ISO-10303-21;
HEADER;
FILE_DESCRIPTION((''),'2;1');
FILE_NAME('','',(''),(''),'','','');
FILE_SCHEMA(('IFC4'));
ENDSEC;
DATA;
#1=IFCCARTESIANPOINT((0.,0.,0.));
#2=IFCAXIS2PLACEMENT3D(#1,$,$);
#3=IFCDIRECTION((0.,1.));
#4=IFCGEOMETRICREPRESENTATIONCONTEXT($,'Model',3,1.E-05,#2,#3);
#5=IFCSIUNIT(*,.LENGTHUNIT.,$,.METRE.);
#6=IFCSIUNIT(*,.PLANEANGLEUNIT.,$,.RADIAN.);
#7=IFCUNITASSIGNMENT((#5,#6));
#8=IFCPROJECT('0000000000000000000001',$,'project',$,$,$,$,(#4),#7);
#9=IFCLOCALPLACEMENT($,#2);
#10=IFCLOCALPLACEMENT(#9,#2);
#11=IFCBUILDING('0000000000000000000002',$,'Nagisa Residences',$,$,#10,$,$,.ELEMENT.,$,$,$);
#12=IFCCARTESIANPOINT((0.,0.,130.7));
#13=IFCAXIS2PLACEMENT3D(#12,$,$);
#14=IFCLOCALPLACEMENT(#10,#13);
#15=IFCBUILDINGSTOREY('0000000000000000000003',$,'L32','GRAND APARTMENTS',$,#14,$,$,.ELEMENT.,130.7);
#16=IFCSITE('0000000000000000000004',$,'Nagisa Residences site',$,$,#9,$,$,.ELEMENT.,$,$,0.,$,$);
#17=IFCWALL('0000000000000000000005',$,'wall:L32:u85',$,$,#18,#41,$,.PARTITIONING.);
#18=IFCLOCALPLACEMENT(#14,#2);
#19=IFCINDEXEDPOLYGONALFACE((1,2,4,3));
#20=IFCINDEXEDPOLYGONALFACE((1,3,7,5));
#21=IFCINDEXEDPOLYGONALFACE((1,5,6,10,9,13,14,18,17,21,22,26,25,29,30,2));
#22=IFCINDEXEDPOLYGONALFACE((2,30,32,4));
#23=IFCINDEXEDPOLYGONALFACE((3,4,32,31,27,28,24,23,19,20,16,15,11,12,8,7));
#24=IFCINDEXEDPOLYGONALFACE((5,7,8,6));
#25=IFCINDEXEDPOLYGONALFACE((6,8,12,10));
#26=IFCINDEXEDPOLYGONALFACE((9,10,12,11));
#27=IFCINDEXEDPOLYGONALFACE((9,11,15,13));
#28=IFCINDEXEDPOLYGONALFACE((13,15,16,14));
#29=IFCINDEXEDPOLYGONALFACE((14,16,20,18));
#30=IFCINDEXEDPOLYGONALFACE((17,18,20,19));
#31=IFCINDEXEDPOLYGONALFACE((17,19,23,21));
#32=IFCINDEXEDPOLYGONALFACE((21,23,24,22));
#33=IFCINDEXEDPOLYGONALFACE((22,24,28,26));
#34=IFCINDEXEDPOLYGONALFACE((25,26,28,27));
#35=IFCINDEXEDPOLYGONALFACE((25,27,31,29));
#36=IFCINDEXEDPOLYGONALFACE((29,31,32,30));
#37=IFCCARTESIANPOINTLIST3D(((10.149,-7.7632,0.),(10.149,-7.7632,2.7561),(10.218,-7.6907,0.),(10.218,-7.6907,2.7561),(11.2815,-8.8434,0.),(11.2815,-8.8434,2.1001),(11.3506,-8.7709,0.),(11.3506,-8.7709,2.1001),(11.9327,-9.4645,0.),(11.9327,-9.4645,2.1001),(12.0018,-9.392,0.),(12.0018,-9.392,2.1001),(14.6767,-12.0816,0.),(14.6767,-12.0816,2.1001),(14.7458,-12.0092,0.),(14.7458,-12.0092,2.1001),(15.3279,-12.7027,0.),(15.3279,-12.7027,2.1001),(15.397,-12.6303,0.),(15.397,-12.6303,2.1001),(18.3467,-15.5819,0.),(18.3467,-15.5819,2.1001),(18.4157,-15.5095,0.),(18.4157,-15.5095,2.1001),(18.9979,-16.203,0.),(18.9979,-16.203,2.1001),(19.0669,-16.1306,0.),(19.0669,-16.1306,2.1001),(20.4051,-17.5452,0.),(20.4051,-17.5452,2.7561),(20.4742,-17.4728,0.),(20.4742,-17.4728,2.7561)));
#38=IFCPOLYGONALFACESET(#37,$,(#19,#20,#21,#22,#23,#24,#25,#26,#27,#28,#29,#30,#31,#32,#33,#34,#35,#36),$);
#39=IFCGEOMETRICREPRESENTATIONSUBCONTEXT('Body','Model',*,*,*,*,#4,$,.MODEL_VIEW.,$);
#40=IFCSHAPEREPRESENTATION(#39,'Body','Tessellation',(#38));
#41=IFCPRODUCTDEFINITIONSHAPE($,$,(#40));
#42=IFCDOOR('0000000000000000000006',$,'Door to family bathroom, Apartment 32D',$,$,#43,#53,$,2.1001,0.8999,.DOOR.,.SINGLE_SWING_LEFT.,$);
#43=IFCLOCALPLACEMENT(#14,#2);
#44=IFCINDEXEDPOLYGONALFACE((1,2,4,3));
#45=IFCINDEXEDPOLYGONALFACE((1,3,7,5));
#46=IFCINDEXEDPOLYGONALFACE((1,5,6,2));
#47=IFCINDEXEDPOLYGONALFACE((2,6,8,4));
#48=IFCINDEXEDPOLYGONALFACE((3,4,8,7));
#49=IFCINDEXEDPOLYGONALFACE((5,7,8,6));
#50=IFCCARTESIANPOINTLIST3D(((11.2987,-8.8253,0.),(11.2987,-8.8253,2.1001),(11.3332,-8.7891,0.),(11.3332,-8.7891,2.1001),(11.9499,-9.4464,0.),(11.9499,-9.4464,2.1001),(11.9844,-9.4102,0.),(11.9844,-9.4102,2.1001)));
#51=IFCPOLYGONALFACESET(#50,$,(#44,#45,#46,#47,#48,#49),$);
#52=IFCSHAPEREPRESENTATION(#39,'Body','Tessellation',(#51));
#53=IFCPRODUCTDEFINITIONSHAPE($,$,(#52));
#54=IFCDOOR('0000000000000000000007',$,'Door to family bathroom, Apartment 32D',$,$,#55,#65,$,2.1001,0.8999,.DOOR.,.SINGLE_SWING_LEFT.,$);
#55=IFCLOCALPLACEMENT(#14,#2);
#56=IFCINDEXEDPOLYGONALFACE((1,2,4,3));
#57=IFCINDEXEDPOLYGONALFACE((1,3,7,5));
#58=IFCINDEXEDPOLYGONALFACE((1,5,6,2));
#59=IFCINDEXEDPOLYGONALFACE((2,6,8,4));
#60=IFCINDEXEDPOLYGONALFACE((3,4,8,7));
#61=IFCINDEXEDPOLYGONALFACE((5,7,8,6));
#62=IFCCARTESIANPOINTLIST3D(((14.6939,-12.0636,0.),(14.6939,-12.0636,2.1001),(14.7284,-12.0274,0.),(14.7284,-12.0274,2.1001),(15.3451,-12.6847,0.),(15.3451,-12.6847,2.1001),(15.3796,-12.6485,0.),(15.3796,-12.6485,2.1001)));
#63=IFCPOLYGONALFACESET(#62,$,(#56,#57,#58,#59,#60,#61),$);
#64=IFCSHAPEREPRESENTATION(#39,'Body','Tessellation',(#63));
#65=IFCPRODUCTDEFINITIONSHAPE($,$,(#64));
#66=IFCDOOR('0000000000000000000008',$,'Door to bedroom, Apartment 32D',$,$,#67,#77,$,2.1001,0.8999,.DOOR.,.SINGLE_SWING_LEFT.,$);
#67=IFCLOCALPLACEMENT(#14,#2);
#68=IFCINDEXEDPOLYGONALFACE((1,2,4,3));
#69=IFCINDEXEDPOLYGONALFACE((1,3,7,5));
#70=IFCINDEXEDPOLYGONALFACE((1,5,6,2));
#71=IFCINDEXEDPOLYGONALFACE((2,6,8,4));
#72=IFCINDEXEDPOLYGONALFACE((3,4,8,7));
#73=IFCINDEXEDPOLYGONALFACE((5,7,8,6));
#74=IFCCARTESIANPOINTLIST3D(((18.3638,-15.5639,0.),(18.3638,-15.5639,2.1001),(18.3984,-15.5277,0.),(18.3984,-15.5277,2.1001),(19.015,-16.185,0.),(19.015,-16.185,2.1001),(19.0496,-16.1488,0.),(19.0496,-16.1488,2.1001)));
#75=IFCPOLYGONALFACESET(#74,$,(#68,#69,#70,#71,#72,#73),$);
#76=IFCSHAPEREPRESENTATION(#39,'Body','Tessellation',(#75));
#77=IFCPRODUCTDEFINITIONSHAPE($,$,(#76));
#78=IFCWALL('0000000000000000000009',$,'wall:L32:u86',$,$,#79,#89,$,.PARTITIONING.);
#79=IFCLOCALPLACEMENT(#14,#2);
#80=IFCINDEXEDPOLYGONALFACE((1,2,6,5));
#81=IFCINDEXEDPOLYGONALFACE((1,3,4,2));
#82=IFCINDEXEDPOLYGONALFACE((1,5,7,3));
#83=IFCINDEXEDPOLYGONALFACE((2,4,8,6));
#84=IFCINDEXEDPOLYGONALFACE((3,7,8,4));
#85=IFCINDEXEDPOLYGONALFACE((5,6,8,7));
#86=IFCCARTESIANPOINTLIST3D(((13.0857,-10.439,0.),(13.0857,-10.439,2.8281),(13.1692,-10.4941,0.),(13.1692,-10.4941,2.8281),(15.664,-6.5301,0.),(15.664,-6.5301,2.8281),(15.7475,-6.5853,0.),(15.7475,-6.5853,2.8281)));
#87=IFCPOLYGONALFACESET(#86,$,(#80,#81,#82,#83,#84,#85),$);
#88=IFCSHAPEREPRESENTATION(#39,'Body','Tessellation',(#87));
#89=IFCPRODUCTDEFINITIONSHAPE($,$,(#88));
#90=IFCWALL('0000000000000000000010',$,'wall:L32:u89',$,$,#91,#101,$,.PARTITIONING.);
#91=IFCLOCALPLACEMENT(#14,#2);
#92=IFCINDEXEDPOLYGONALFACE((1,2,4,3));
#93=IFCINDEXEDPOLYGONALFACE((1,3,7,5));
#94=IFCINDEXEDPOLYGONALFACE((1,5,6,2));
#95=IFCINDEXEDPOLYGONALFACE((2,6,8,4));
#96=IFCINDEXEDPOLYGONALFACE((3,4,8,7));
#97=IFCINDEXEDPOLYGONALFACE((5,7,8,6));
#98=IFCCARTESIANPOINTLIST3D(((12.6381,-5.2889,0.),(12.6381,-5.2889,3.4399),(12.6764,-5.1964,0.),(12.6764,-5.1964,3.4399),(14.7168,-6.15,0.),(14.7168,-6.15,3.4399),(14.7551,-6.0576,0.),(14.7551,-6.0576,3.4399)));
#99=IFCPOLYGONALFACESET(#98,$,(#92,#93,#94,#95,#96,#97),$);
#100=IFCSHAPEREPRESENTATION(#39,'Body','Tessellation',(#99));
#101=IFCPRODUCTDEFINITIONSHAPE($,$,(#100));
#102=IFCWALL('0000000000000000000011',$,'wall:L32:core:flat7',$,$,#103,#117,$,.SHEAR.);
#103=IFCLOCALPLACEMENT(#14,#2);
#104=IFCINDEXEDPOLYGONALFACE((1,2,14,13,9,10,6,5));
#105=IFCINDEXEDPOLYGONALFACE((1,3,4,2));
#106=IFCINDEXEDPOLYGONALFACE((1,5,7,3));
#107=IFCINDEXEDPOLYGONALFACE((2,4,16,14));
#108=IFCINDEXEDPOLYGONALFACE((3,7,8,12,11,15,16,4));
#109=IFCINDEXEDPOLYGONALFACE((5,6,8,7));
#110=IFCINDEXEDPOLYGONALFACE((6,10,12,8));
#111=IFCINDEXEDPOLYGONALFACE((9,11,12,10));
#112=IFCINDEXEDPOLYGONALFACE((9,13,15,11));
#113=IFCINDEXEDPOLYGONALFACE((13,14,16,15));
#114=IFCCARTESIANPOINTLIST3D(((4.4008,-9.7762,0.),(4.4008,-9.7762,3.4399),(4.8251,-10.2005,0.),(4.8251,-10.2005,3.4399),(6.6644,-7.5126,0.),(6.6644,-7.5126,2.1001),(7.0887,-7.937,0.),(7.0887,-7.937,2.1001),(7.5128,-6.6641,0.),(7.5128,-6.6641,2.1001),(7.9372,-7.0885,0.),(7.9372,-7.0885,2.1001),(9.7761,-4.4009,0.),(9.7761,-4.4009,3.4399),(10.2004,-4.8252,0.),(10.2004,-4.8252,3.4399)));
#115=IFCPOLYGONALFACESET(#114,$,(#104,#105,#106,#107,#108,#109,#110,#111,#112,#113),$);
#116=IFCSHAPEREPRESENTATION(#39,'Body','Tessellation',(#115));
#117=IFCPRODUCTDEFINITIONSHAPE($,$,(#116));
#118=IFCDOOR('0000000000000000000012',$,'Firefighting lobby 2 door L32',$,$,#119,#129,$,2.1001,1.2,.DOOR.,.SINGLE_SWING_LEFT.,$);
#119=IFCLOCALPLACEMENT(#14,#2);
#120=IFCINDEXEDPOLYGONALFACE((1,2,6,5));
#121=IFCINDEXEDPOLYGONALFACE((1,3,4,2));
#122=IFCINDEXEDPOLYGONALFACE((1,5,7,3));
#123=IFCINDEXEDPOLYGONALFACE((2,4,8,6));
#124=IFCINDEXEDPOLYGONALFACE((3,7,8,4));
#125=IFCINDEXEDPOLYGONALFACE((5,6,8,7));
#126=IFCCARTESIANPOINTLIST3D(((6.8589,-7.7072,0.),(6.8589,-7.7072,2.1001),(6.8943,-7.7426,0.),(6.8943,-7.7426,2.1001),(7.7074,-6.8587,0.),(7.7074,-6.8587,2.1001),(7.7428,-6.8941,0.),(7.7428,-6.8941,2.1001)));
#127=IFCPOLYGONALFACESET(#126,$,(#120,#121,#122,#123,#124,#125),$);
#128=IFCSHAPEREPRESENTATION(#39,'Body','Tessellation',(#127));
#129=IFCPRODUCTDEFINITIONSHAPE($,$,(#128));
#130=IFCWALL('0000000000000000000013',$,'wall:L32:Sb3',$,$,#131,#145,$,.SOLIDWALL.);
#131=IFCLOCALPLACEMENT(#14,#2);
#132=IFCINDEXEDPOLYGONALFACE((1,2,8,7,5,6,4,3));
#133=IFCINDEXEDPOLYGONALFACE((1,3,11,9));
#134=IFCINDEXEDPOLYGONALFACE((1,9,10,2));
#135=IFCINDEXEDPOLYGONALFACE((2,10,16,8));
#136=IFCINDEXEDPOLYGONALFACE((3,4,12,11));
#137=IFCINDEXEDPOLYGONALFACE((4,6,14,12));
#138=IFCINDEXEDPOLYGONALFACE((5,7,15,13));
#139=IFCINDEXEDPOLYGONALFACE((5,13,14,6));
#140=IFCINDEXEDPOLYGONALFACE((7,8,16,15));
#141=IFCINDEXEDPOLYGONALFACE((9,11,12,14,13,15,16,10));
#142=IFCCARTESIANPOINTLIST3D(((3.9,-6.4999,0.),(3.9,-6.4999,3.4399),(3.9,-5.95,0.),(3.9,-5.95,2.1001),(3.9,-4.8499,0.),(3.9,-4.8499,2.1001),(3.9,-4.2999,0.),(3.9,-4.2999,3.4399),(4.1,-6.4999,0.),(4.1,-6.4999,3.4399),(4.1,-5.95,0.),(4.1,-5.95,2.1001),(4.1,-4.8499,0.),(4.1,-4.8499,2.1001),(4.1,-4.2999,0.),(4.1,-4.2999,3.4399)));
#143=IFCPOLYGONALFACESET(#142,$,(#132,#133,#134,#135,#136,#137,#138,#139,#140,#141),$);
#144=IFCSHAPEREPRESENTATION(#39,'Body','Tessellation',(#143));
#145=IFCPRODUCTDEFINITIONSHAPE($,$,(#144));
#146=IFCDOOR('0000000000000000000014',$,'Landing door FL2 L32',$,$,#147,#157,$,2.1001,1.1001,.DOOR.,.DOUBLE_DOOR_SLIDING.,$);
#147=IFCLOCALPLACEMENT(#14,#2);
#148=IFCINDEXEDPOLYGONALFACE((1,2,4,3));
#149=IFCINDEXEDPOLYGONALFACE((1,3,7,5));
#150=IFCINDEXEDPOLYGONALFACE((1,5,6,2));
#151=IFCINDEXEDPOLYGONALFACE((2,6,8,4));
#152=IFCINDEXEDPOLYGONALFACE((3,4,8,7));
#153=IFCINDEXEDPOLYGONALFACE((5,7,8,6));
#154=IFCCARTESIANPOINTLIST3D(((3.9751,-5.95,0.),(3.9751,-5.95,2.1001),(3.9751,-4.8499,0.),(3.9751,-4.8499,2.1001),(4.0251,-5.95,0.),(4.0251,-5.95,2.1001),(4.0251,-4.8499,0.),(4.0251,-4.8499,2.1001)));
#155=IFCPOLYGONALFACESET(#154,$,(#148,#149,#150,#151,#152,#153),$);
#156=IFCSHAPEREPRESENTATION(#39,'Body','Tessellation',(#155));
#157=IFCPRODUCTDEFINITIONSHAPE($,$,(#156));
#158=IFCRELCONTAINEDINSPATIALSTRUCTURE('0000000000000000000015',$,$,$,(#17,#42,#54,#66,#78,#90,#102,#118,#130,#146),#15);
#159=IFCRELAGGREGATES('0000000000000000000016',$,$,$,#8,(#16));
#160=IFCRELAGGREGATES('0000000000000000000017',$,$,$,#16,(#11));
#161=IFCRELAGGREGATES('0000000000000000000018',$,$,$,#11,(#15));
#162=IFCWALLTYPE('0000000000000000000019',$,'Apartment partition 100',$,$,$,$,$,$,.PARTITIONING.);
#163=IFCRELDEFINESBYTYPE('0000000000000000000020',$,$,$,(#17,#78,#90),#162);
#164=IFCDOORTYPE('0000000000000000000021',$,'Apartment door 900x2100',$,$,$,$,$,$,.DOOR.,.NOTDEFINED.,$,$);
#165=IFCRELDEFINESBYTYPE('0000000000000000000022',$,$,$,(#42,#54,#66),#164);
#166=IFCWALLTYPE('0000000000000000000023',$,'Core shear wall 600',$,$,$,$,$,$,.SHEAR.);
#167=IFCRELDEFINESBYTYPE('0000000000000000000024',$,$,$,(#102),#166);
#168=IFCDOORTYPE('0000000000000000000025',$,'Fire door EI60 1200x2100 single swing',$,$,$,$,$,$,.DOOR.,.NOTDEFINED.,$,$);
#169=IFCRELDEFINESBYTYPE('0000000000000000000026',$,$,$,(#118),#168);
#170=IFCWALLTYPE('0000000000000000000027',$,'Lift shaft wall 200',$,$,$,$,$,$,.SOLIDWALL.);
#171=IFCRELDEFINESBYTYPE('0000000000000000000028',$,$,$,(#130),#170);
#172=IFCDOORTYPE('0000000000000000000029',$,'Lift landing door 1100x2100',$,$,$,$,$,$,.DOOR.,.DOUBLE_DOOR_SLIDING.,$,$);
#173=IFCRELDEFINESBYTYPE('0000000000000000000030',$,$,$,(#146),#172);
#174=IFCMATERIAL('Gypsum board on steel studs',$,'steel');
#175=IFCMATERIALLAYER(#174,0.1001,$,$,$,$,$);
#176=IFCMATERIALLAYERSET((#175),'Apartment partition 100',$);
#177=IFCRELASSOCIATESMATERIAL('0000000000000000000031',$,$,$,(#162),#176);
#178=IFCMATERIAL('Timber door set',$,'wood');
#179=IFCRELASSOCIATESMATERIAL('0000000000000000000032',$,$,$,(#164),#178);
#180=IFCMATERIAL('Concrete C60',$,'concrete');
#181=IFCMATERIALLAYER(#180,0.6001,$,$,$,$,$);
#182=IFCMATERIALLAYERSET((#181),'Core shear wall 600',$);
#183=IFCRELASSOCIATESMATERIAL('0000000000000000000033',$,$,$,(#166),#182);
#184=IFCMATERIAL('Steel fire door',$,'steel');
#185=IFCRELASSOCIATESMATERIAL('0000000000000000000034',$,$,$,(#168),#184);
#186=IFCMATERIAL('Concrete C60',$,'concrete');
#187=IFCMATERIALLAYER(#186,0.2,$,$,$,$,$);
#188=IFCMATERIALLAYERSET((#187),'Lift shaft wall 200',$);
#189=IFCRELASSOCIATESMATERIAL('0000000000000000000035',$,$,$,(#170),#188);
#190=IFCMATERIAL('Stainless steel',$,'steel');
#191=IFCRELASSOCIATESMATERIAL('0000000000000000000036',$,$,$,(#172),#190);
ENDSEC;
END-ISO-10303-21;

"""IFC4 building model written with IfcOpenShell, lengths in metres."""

from ifc_helpers import new_model, si_unit, direction, frame, frame_2d, origin, place, context, subcontext, project, spatial, rectangle, extrude, material, layer, layer_set, type_object, element, fill, save


model = new_model("IFC4")

# Units and contexts
model_context = context("Model", 3, precision=1e-05, world=origin(), true_north=direction((0.0, 1.0)))
body_context = subcontext(model_context, "Body", "Model", "MODEL_VIEW")
ifc_project = project(units=[si_unit("LENGTHUNIT", "METRE"), si_unit("PLANEANGLEUNIT", "RADIAN")], contexts=[model_context])

# Site, building, storey
site_placement = place(None, origin())
site = spatial("IfcSite", under=ifc_project, at=site_placement, Name="Nagisa Residences site", CompositionType="ELEMENT", RefElevation=0.0)
building_placement = place(site_placement, origin())
building = spatial("IfcBuilding", under=site, at=building_placement, Name="Nagisa Residences", CompositionType="ELEMENT")
storey_placement = place(building_placement, frame((0.0, 0.0, 130.7)))
storey = spatial("IfcBuildingStorey", under=building, at=storey_placement, Name="L32", Description="GRAND APARTMENTS", CompositionType="ELEMENT", Elevation=130.7)

# Shared definitions
ifc_material_1 = material(Name="Gypsum board on steel studs", Category="steel")
ifc_layer_1 = layer(ifc_material_1, 0.1001)
ifc_layer_set_1 = layer_set([ifc_layer_1], Name="Apartment partition 100")
wall_type_1 = type_object("IfcWallType", Name="Apartment partition 100", PredefinedType="PARTITIONING", material=ifc_layer_set_1)
ifc_material_2 = material(Name="Timber door set", Category="wood")
door_type_1 = type_object("IfcDoorType", Name="Apartment door 900x2100", OperationType="NOTDEFINED", PredefinedType="DOOR", material=ifc_material_2)

# Wall, openings, doors
wall_1_placement = place(storey_placement, frame((10.1836, -7.7271, 0.0), z_axis=(0.0, 0.0, 1.0), x_axis=(0.723635, -0.690183, 0.0)))
wall_1 = element("IfcWall", 1, at=wall_1_placement, inside=storey, type_object=wall_type_1, Name="wall:L32:u85", PredefinedType="PARTITIONING", context=body_context, shape_type="SweptSolid", body=[
    extrude(rectangle(XDim=14.1731, YDim=0.1001, at=frame_2d((7.0864, 0.0))), origin(), (0.0, 0.0, 1.0), 2.7561),
])
opening_1_placement = place(wall_1_placement, frame((1.5649, 0.0, 0.0)))
opening_1 = element("IfcOpeningElement", 2, at=opening_1_placement, cuts=wall_1, PredefinedType="OPENING", context=body_context, shape_type="SweptSolid", body=[
    extrude(rectangle(XDim=0.8999, YDim=2.1001, at=frame_2d((0.45, 1.05))), frame((0.0, 0.0601, 0.0), z_axis=(0.0, -1.0, 0.0), x_axis=(1.0, 0.0, 0.0)), (0.0, 0.0, 1.0), 0.1201),
])
opening_2_placement = place(wall_1_placement, frame((6.2568, 0.0, 0.0)))
opening_2 = element("IfcOpeningElement", 3, at=opening_2_placement, cuts=wall_1, PredefinedType="OPENING", context=body_context, shape_type="SweptSolid", body=[
    extrude(rectangle(XDim=0.8999, YDim=2.1001, at=frame_2d((0.45, 1.05))), frame((0.0, 0.0601, 0.0), z_axis=(0.0, -1.0, 0.0), x_axis=(1.0, 0.0, 0.0)), (0.0, 0.0, 1.0), 0.1201),
])
opening_3_placement = place(wall_1_placement, frame((11.3284, 0.0, 0.0)))
opening_3 = element("IfcOpeningElement", 4, at=opening_3_placement, cuts=wall_1, PredefinedType="OPENING", context=body_context, shape_type="SweptSolid", body=[
    extrude(rectangle(XDim=0.8999, YDim=2.1001, at=frame_2d((0.45, 1.05))), frame((0.0, 0.0601, 0.0), z_axis=(0.0, -1.0, 0.0), x_axis=(1.0, 0.0, 0.0)), (0.0, 0.0, 1.0), 0.1201),
])
door_1_placement = place(opening_1_placement, origin())
door_1 = element("IfcDoor", 5, at=door_1_placement, inside=storey, type_object=door_type_1, Name="Door to family bathroom, Apartment 32D", OperationType="SINGLE_SWING_LEFT", OverallHeight=2.1001, OverallWidth=0.8999, PredefinedType="DOOR", context=body_context, shape_type="SweptSolid", body=[
    extrude(rectangle(XDim=0.8999, YDim=2.1001, at=frame_2d((0.45, 1.05))), frame((0.0, 0.0249, 0.0), z_axis=(0.0, -1.0, 0.0), x_axis=(1.0, 0.0, 0.0)), (0.0, 0.0, 1.0), 0.05),
])
fill(opening_1, door_1)
door_2_placement = place(opening_2_placement, origin())
door_2 = element("IfcDoor", 6, at=door_2_placement, inside=storey, type_object=door_type_1, Name="Door to family bathroom, Apartment 32D", OperationType="SINGLE_SWING_LEFT", OverallHeight=2.1001, OverallWidth=0.8999, PredefinedType="DOOR", context=body_context, shape_type="SweptSolid", body=[
    extrude(rectangle(XDim=0.8999, YDim=2.1001, at=frame_2d((0.45, 1.05))), frame((0.0, 0.0249, 0.0), z_axis=(0.0, -1.0, 0.0), x_axis=(1.0, 0.0, 0.0)), (0.0, 0.0, 1.0), 0.05),
])
fill(opening_2, door_2)
door_3_placement = place(opening_3_placement, origin())
door_3 = element("IfcDoor", 7, at=door_3_placement, inside=storey, type_object=door_type_1, Name="Door to bedroom, Apartment 32D", OperationType="SINGLE_SWING_LEFT", OverallHeight=2.1001, OverallWidth=0.8999, PredefinedType="DOOR", context=body_context, shape_type="SweptSolid", body=[
    extrude(rectangle(XDim=0.8999, YDim=2.1001, at=frame_2d((0.45, 1.05))), frame((0.0, 0.0249, 0.0), z_axis=(0.0, -1.0, 0.0), x_axis=(1.0, 0.0, 0.0)), (0.0, 0.0, 1.0), 0.05),
])
fill(opening_3, door_3)

# Walls
wall_2_placement = place(storey_placement, frame((13.1274, -10.4666, 0.0), z_axis=(0.0, 0.0, 1.0), x_axis=(0.550615, 0.834759, 0.0)))
element("IfcWall", 8, at=wall_2_placement, inside=storey, type_object=wall_type_1, Name="wall:L32:u86", PredefinedType="PARTITIONING", context=body_context, shape_type="SweptSolid", body=[
    extrude(rectangle(XDim=4.6826, YDim=0.1001, at=frame_2d((2.3413, 0.0))), origin(), (0.0, 0.0, 1.0), 2.8281),
])
wall_3_placement = place(storey_placement, frame((12.6572, -5.2427, 0.0), z_axis=(0.0, 0.0, 1.0), x_axis=(0.923865, -0.382719, 0.0)))
element("IfcWall", 9, at=wall_3_placement, inside=storey, type_object=wall_type_1, Name="wall:L32:u89", PredefinedType="PARTITIONING", context=body_context, shape_type="SweptSolid", body=[
    extrude(rectangle(XDim=2.25, YDim=0.1001, at=frame_2d((1.125, 0.0))), origin(), (0.0, 0.0, 1.0), 3.4399),
])

# Walls, openings, doors
ifc_material_3 = material(Name="Concrete C60", Category="concrete")
ifc_layer_2 = layer(ifc_material_3, 0.6001)
ifc_layer_set_2 = layer_set([ifc_layer_2], Name="Core shear wall 600")
wall_type_2 = type_object("IfcWallType", Name="Core shear wall 600", PredefinedType="SHEAR", material=ifc_layer_set_2)
wall_4_placement = place(storey_placement, frame((4.613, -9.9883, 0.0), z_axis=(0.0, 0.0, 1.0), x_axis=(0.707107, 0.707107, 0.0)))
wall_4 = element("IfcWall", 10, at=wall_4_placement, inside=storey, type_object=wall_type_2, Name="wall:L32:core:flat7", PredefinedType="SHEAR", context=body_context, shape_type="SweptSolid", body=[
    extrude(rectangle(XDim=7.6018, YDim=0.6001, at=frame_2d((3.8008, 0.0))), origin(), (0.0, 0.0, 1.0), 3.4399),
])
opening_4_placement = place(wall_4_placement, frame((3.2009, 0.0, 0.0)))
opening_4 = element("IfcOpeningElement", 11, at=opening_4_placement, cuts=wall_4, PredefinedType="OPENING", context=body_context, shape_type="SweptSolid", body=[
    extrude(rectangle(XDim=1.2, YDim=2.1001, at=frame_2d((0.6001, 1.05))), frame((0.0, 0.3101, 0.0), z_axis=(0.0, -1.0, 0.0), x_axis=(1.0, 0.0, 0.0)), (0.0, 0.0, 1.0), 0.6201),
])
ifc_material_4 = material(Name="Steel fire door", Category="steel")
door_type_2 = type_object("IfcDoorType", Name="Fire door EI60 1200x2100 single swing", OperationType="NOTDEFINED", PredefinedType="DOOR", material=ifc_material_4)
door_4_placement = place(opening_4_placement, origin())
door_4 = element("IfcDoor", 12, at=door_4_placement, inside=storey, type_object=door_type_2, Name="Firefighting lobby 2 door L32", OperationType="SINGLE_SWING_LEFT", OverallHeight=2.1001, OverallWidth=1.2, PredefinedType="DOOR", context=body_context, shape_type="SweptSolid", body=[
    extrude(rectangle(XDim=1.2, YDim=2.1001, at=frame_2d((0.6001, 1.05))), frame((0.0, 0.0249, 0.0), z_axis=(0.0, -1.0, 0.0), x_axis=(1.0, 0.0, 0.0)), (0.0, 0.0, 1.0), 0.05),
])
fill(opening_4, door_4)
ifc_material_5 = material(Name="Concrete C60", Category="concrete")
ifc_layer_3 = layer(ifc_material_5, 0.2)
ifc_layer_set_3 = layer_set([ifc_layer_3], Name="Lift shaft wall 200")
wall_type_3 = type_object("IfcWallType", Name="Lift shaft wall 200", PredefinedType="SOLIDWALL", material=ifc_layer_set_3)
wall_5_placement = place(storey_placement, frame((4.0, -6.5, 0.0), z_axis=(0.0, 0.0, 1.0), x_axis=(0.0, 1.0, 0.0)))
wall_5 = element("IfcWall", 13, at=wall_5_placement, inside=storey, type_object=wall_type_3, Name="wall:L32:Sb3", PredefinedType="SOLIDWALL", context=body_context, shape_type="SweptSolid", body=[
    extrude(rectangle(XDim=2.2, YDim=0.2, at=frame_2d((1.1001, 0.0))), origin(), (0.0, 0.0, 1.0), 3.4399),
])
opening_5_placement = place(wall_5_placement, frame((0.55, 0.0, 0.0)))
opening_5 = element("IfcOpeningElement", 14, at=opening_5_placement, cuts=wall_5, PredefinedType="OPENING", context=body_context, shape_type="SweptSolid", body=[
    extrude(rectangle(XDim=1.1001, YDim=2.1001, at=frame_2d((0.55, 1.05))), frame((0.0, 0.1099, 0.0), z_axis=(0.0, -1.0, 0.0), x_axis=(1.0, 0.0, 0.0)), (0.0, 0.0, 1.0), 0.22),
])
ifc_material_6 = material(Name="Stainless steel", Category="steel")
door_type_3 = type_object("IfcDoorType", Name="Lift landing door 1100x2100", OperationType="DOUBLE_DOOR_SLIDING", PredefinedType="DOOR", material=ifc_material_6)
door_5_placement = place(opening_5_placement, origin())
door_5 = element("IfcDoor", 15, at=door_5_placement, inside=storey, type_object=door_type_3, Name="Landing door FL2 L32", OperationType="DOUBLE_DOOR_SLIDING", OverallHeight=2.1001, OverallWidth=1.1001, PredefinedType="DOOR", context=body_context, shape_type="SweptSolid", body=[
    extrude(rectangle(XDim=1.1001, YDim=2.1001, at=frame_2d((0.55, 1.05))), frame((0.0, 0.0249, 0.0), z_axis=(0.0, -1.0, 0.0), x_axis=(1.0, 0.0, 0.0)), (0.0, 0.0, 1.0), 0.05),
])
fill(opening_5, door_5)

save(model, "model.ifc")
